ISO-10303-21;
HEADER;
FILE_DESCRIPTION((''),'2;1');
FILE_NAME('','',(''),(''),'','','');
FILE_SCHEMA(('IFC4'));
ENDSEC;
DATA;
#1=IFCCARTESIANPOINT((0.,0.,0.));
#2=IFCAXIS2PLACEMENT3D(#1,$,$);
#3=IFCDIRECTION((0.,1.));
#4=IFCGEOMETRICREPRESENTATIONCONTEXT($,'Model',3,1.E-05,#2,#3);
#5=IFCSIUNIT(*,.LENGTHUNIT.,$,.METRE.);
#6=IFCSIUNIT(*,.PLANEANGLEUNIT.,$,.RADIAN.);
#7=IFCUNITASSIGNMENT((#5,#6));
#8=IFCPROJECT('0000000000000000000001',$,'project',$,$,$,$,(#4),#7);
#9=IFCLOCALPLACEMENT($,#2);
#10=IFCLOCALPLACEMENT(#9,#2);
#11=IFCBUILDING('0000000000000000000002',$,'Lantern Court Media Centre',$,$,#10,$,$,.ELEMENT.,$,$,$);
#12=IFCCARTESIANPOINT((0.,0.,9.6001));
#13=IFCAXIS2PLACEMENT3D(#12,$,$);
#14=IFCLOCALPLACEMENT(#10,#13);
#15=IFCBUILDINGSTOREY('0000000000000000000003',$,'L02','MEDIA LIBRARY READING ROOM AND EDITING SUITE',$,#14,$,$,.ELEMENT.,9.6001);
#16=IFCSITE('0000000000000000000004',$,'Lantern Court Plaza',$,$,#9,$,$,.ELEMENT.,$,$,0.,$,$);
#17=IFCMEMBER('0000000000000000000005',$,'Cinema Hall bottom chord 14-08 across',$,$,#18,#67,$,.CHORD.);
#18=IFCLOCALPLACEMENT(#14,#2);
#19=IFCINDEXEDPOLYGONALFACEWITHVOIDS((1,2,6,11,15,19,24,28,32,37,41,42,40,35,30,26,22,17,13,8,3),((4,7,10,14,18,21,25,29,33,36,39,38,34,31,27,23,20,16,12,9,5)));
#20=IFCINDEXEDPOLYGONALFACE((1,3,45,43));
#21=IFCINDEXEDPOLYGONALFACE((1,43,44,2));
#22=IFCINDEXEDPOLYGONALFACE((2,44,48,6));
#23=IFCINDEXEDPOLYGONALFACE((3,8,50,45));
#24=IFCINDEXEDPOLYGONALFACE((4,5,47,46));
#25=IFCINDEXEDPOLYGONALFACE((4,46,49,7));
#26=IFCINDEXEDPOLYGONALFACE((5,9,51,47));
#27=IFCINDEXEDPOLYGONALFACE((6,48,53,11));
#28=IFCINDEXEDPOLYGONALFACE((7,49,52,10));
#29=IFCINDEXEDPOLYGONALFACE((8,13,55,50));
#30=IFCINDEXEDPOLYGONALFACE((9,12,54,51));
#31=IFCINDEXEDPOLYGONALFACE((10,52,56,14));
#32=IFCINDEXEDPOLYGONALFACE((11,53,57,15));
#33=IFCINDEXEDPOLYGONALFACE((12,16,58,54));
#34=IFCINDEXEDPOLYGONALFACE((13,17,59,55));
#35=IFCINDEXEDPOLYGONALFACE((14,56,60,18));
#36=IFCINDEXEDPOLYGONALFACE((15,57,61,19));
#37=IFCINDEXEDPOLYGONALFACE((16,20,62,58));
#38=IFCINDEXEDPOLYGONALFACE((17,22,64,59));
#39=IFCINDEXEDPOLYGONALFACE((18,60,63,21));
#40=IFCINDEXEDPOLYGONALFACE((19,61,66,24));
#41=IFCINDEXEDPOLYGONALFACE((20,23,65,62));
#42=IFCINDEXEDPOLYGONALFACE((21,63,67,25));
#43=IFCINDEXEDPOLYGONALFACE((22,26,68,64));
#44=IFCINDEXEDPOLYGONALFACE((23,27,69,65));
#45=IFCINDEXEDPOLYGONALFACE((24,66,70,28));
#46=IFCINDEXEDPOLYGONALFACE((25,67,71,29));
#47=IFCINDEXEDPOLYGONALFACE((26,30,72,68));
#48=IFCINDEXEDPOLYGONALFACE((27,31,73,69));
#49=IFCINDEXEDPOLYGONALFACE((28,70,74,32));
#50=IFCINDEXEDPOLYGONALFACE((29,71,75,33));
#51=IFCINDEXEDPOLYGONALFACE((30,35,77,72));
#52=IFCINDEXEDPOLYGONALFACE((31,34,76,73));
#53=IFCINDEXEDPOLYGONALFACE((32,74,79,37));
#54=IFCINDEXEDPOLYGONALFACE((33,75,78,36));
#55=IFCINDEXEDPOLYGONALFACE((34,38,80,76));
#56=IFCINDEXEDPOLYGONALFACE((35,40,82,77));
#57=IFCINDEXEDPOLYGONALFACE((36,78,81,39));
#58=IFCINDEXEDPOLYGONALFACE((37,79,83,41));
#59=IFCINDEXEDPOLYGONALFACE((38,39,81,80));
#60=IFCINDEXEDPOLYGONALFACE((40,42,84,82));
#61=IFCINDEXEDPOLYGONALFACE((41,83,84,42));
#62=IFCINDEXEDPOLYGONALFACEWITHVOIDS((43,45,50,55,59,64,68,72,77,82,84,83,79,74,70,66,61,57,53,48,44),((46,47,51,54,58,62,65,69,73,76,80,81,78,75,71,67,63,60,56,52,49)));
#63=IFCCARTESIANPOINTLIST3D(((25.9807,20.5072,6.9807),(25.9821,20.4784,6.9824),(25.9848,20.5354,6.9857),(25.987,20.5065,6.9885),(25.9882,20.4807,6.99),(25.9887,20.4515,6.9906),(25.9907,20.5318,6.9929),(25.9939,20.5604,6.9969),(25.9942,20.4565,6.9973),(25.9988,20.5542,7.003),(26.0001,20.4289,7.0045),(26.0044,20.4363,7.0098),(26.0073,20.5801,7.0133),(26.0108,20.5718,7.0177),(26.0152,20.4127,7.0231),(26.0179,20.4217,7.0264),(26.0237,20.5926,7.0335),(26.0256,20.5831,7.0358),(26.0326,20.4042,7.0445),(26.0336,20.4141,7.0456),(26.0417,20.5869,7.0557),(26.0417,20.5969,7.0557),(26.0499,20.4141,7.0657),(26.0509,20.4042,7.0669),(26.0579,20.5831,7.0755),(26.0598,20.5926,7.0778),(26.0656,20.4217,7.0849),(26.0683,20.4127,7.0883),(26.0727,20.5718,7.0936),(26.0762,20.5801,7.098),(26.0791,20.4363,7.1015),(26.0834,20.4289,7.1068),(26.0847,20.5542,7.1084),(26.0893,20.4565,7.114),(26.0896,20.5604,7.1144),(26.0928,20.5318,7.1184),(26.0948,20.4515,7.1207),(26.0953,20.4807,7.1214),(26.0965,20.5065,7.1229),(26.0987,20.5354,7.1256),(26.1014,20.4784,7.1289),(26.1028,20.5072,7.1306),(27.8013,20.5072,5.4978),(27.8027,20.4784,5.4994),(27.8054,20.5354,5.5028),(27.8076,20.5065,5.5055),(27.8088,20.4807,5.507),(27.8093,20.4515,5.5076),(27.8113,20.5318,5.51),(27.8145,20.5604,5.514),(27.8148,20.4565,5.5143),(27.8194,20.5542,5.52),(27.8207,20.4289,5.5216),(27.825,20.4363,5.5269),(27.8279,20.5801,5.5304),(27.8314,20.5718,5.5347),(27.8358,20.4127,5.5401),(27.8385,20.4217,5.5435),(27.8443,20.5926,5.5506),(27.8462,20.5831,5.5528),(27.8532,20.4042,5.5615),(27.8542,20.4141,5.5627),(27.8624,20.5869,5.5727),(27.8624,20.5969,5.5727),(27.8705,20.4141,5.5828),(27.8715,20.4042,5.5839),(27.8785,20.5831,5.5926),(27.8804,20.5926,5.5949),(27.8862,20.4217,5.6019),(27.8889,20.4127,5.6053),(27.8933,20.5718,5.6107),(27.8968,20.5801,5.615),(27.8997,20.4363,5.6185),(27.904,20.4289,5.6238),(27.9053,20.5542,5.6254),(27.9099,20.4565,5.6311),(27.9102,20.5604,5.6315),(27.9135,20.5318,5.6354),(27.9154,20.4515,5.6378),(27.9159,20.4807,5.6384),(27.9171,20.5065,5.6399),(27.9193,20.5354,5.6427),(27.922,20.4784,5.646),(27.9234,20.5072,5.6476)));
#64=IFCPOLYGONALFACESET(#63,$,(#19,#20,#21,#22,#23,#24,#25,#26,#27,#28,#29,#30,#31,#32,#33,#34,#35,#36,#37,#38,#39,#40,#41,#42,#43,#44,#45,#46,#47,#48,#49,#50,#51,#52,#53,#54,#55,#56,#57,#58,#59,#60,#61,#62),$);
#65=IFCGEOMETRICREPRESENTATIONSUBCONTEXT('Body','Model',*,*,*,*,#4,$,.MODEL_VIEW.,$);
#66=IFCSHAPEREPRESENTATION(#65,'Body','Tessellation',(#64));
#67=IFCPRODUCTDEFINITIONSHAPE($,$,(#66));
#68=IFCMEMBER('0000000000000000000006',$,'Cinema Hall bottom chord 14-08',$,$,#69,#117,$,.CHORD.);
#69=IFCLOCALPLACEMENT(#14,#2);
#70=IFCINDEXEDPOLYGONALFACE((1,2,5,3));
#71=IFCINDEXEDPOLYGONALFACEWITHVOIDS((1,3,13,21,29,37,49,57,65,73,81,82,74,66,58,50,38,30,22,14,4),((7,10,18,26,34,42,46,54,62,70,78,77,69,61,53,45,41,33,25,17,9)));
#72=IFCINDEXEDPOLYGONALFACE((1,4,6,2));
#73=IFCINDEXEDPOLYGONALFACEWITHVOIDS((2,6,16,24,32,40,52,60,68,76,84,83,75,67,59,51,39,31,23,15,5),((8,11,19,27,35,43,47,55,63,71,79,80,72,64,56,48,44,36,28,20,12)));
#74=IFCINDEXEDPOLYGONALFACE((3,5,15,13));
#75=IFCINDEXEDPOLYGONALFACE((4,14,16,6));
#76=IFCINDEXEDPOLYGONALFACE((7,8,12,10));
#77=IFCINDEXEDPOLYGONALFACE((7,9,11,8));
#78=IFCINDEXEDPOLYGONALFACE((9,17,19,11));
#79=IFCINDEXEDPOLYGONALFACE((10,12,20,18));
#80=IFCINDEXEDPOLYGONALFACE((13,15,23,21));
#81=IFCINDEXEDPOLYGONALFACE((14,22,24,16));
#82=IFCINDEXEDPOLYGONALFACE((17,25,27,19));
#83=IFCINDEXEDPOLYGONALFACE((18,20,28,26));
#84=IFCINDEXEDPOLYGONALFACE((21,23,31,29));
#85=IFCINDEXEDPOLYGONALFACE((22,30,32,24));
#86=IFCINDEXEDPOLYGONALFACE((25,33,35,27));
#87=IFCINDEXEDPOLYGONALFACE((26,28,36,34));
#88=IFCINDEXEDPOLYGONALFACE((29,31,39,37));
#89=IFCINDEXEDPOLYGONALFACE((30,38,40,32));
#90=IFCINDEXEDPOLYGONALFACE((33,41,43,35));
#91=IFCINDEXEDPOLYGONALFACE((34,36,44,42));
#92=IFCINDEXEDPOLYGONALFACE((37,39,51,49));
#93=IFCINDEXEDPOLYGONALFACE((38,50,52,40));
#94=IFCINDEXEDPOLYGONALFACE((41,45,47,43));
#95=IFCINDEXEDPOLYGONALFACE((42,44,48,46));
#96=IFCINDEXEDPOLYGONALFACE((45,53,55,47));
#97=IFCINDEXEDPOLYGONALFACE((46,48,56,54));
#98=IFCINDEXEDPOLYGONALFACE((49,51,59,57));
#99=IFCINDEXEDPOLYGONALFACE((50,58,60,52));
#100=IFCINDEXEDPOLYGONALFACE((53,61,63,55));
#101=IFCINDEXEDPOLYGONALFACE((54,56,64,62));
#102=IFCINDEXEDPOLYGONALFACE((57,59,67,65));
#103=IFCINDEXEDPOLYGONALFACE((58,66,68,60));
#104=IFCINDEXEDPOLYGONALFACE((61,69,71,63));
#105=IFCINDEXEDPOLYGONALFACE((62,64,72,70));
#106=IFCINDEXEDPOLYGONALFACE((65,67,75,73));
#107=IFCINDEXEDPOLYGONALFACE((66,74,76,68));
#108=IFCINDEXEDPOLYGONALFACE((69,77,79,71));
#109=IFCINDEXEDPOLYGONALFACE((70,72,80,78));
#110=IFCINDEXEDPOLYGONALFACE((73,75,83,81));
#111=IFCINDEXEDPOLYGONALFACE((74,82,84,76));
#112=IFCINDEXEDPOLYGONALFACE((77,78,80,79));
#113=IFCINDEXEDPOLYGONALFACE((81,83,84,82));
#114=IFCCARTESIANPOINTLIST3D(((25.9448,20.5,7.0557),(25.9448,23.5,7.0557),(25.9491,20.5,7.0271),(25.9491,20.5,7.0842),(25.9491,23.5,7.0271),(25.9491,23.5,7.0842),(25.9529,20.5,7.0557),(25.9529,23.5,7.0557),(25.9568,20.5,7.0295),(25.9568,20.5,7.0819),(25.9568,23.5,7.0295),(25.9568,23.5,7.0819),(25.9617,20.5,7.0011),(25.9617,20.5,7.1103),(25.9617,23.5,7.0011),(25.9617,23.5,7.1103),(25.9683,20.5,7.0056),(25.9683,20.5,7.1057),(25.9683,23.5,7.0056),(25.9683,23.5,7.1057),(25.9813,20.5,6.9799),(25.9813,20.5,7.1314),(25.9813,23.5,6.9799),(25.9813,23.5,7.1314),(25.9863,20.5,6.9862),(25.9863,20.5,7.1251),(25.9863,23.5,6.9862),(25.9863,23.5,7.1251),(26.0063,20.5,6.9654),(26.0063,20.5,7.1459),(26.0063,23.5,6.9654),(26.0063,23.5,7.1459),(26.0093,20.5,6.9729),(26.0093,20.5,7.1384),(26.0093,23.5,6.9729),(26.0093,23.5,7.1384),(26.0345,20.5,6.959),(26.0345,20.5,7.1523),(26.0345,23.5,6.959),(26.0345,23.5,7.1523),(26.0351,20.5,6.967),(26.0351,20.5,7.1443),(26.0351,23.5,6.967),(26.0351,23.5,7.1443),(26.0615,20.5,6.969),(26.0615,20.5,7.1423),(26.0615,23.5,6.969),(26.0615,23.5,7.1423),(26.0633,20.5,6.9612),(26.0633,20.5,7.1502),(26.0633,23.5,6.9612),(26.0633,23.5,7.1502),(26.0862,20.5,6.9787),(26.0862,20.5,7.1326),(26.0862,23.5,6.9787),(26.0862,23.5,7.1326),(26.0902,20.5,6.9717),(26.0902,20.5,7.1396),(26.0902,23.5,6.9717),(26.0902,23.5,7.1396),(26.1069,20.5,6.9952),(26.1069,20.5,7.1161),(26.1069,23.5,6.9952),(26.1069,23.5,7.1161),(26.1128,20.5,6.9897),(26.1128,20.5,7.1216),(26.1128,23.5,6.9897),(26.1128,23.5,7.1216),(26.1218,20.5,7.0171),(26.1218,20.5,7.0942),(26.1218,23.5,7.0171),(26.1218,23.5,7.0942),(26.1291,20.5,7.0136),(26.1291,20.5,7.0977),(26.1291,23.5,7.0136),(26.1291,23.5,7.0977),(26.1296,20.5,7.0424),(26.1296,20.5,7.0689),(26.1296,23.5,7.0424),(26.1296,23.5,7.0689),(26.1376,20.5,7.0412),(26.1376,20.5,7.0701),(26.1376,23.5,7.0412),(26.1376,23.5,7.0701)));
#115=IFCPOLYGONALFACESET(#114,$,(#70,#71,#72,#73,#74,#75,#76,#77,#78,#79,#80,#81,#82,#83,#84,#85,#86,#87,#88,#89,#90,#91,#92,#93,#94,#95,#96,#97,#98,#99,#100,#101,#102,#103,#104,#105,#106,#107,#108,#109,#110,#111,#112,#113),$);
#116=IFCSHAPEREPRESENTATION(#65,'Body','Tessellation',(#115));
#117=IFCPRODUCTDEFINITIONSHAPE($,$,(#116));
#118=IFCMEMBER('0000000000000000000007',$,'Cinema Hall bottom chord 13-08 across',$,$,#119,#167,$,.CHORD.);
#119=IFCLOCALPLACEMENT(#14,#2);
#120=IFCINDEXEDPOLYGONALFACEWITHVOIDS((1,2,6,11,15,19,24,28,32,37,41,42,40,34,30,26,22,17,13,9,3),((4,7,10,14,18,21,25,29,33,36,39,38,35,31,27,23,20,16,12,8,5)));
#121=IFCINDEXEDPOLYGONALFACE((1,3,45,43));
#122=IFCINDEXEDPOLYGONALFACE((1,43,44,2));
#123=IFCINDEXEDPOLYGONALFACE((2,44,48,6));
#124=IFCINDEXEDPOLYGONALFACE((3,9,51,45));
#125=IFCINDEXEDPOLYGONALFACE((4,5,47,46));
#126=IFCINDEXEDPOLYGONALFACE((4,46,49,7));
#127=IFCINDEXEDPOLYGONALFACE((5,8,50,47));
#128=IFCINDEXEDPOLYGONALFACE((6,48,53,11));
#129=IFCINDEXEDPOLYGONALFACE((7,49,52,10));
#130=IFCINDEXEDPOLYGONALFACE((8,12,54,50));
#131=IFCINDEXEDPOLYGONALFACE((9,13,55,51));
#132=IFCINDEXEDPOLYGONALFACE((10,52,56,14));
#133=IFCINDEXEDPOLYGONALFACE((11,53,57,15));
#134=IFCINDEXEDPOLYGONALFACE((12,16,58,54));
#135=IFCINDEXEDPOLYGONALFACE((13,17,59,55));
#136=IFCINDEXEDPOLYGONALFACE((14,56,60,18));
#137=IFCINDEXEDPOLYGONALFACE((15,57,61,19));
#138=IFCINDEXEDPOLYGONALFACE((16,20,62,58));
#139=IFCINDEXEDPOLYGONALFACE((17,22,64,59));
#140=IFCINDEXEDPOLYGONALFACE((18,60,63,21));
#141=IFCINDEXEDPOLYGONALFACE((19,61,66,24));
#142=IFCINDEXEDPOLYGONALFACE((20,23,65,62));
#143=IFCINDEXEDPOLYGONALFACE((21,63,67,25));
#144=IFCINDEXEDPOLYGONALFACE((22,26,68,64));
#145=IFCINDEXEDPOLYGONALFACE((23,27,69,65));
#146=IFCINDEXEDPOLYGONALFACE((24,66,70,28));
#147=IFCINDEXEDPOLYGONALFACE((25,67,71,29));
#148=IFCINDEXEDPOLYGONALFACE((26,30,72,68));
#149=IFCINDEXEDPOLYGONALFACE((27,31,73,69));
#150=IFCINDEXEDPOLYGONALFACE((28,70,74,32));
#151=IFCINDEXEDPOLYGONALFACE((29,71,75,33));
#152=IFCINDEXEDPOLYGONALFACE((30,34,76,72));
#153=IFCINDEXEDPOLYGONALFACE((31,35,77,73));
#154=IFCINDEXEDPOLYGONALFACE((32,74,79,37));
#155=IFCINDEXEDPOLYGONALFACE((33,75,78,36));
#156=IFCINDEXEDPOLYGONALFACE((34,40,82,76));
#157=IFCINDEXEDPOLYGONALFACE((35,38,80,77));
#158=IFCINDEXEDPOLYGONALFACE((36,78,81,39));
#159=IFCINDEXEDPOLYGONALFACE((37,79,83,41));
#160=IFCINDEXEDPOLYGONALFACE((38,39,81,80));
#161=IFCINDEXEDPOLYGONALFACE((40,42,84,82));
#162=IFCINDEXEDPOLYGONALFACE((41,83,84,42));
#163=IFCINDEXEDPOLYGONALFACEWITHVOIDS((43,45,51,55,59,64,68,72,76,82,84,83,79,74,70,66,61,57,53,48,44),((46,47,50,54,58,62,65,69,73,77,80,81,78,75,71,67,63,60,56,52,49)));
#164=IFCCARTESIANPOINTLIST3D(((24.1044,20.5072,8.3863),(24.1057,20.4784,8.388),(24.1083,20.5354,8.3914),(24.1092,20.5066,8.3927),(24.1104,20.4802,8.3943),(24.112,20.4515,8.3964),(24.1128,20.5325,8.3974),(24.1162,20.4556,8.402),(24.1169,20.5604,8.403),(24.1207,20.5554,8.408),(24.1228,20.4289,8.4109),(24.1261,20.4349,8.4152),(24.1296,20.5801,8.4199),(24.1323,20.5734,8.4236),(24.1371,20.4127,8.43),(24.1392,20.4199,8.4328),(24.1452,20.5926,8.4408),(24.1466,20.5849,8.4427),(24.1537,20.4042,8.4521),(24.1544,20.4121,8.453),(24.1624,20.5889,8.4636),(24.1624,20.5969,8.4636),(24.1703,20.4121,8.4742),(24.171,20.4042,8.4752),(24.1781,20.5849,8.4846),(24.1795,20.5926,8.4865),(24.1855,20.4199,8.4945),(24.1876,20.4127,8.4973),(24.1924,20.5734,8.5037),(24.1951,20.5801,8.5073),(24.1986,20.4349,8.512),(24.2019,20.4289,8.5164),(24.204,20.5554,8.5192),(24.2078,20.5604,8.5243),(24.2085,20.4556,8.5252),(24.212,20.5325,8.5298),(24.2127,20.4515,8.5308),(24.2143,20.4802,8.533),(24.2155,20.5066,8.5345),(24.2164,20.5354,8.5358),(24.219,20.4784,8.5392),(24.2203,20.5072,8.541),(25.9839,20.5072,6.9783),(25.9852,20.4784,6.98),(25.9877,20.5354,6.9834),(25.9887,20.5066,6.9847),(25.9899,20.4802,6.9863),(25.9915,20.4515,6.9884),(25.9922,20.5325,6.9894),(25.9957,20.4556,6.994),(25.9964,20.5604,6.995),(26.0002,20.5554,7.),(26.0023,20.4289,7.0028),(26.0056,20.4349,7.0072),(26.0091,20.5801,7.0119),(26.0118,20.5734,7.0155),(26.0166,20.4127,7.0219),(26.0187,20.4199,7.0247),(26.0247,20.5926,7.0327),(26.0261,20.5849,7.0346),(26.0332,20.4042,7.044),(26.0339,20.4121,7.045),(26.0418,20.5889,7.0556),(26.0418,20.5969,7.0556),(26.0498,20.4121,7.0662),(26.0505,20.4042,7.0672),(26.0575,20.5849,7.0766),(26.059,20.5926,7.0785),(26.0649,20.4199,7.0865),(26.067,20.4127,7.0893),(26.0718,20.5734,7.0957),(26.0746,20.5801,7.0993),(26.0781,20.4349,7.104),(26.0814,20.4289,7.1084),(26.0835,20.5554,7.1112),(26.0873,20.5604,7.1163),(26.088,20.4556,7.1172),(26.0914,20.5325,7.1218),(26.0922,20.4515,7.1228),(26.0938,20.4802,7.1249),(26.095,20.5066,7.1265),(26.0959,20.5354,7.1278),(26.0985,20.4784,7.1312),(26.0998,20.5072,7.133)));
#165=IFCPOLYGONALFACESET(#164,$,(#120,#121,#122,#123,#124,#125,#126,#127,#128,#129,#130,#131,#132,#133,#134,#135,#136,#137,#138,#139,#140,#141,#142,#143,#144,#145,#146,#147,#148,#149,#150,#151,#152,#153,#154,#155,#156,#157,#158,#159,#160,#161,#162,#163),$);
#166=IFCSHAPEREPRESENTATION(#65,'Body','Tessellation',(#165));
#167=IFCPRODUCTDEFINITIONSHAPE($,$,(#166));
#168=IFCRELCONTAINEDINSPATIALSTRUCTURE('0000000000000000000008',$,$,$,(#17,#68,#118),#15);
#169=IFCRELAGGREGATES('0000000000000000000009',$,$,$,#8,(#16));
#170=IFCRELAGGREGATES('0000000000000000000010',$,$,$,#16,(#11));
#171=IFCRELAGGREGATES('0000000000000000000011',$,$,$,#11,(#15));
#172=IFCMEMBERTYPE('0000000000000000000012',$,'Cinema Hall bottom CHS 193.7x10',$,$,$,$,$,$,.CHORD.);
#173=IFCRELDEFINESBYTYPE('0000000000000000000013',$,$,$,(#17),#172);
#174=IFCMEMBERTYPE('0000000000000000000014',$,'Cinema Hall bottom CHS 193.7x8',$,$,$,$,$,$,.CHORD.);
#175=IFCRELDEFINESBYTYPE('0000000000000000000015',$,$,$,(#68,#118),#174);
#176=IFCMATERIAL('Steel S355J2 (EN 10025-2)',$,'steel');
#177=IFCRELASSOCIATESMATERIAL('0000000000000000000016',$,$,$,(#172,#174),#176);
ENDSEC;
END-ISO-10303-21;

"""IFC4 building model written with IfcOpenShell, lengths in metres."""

from ifc_helpers import new_model, si_unit, direction, frame, origin, origin_2d, place, context, subcontext, project, spatial, hollow_circle, extrude, material, material_profile, profile_set, type_object, element, save


model = new_model("IFC4")

# Units and contexts
model_context = context("Model", 3, precision=1e-05, world=origin(), true_north=direction((0.0, 1.0)))
body_context = subcontext(model_context, "Body", "Model", "MODEL_VIEW")
ifc_project = project(units=[si_unit("LENGTHUNIT", "METRE"), si_unit("PLANEANGLEUNIT", "RADIAN")], contexts=[model_context])

# Site, building, storey
site_placement = place(None, origin())
site = spatial("IfcSite", under=ifc_project, at=site_placement, Name="Lantern Court Plaza", CompositionType="ELEMENT", RefElevation=0.0)
building_placement = place(site_placement, origin())
building = spatial("IfcBuilding", under=site, at=building_placement, Name="Lantern Court Media Centre", CompositionType="ELEMENT")
storey_placement = place(building_placement, frame((0.0, 0.0, 9.6001)))
storey = spatial("IfcBuildingStorey", under=building, at=storey_placement, Name="L02", Description="MEDIA LIBRARY READING ROOM AND EDITING SUITE", CompositionType="ELEMENT", Elevation=9.6001)

# Members
ifc_material = material(Name="Steel S355J2 (EN 10025-2)", Category="steel")
ifc_material_profile_1 = material_profile(ifc_material, hollow_circle(Radius=0.0969, WallThickness=0.01, at=origin_2d()), Name="Cinema Hall bottom CHS 193.7x10")
ifc_profile_set_1 = profile_set([ifc_material_profile_1], Name="Steel S355J2 (EN 10025-2)")
member_type_1 = type_object("IfcMemberType", Name="Cinema Hall bottom CHS 193.7x10", PredefinedType="CHORD", material=ifc_profile_set_1)
member_1_placement = place(storey_placement, frame((26.0417, 20.5, 7.0557), z_axis=(0.775341, 0.0, -0.631543), x_axis=(0.0, 1.0, 0.0)))
element("IfcMember", 1, at=member_1_placement, inside=storey, type_object=member_type_1, Name="Cinema Hall bottom chord 14-08 across", PredefinedType="CHORD", context=body_context, shape_type="SweptSolid", body=[
    extrude(hollow_circle(Radius=0.0969, WallThickness=0.01, at=origin_2d()), origin(), (0.0, 0.0, 1.0), 2.3481),
])
ifc_material_profile_2 = material_profile(ifc_material, hollow_circle(Radius=0.0969, WallThickness=0.0081, at=origin_2d()), Name="Cinema Hall bottom CHS 193.7x8")
ifc_profile_set_2 = profile_set([ifc_material_profile_2], Name="Steel S355J2 (EN 10025-2)")
member_type_2 = type_object("IfcMemberType", Name="Cinema Hall bottom CHS 193.7x8", PredefinedType="CHORD", material=ifc_profile_set_2)
member_2_placement = place(storey_placement, frame((26.0417, 20.5, 7.0557), z_axis=(0.0, 1.0, 0.0), x_axis=(-1.0, 0.0, 0.0)))
element("IfcMember", 2, at=member_2_placement, inside=storey, type_object=member_type_2, Name="Cinema Hall bottom chord 14-08", PredefinedType="CHORD", context=body_context, shape_type="SweptSolid", body=[
    extrude(hollow_circle(Radius=0.0969, WallThickness=0.0081, at=origin_2d()), origin(), (0.0, 0.0, 1.0), 3.0),
])
member_3_placement = place(storey_placement, frame((24.1624, 20.5, 8.4636), z_axis=(0.800324, 0.0, -0.599567), x_axis=(0.0, 1.0, 0.0)))
element("IfcMember", 3, at=member_3_placement, inside=storey, type_object=member_type_2, Name="Cinema Hall bottom chord 13-08 across", PredefinedType="CHORD", context=body_context, shape_type="SweptSolid", body=[
    extrude(hollow_circle(Radius=0.0969, WallThickness=0.0081, at=origin_2d()), origin(), (0.0, 0.0, 1.0), 2.3484),
])

save(model, "model.ifc")
